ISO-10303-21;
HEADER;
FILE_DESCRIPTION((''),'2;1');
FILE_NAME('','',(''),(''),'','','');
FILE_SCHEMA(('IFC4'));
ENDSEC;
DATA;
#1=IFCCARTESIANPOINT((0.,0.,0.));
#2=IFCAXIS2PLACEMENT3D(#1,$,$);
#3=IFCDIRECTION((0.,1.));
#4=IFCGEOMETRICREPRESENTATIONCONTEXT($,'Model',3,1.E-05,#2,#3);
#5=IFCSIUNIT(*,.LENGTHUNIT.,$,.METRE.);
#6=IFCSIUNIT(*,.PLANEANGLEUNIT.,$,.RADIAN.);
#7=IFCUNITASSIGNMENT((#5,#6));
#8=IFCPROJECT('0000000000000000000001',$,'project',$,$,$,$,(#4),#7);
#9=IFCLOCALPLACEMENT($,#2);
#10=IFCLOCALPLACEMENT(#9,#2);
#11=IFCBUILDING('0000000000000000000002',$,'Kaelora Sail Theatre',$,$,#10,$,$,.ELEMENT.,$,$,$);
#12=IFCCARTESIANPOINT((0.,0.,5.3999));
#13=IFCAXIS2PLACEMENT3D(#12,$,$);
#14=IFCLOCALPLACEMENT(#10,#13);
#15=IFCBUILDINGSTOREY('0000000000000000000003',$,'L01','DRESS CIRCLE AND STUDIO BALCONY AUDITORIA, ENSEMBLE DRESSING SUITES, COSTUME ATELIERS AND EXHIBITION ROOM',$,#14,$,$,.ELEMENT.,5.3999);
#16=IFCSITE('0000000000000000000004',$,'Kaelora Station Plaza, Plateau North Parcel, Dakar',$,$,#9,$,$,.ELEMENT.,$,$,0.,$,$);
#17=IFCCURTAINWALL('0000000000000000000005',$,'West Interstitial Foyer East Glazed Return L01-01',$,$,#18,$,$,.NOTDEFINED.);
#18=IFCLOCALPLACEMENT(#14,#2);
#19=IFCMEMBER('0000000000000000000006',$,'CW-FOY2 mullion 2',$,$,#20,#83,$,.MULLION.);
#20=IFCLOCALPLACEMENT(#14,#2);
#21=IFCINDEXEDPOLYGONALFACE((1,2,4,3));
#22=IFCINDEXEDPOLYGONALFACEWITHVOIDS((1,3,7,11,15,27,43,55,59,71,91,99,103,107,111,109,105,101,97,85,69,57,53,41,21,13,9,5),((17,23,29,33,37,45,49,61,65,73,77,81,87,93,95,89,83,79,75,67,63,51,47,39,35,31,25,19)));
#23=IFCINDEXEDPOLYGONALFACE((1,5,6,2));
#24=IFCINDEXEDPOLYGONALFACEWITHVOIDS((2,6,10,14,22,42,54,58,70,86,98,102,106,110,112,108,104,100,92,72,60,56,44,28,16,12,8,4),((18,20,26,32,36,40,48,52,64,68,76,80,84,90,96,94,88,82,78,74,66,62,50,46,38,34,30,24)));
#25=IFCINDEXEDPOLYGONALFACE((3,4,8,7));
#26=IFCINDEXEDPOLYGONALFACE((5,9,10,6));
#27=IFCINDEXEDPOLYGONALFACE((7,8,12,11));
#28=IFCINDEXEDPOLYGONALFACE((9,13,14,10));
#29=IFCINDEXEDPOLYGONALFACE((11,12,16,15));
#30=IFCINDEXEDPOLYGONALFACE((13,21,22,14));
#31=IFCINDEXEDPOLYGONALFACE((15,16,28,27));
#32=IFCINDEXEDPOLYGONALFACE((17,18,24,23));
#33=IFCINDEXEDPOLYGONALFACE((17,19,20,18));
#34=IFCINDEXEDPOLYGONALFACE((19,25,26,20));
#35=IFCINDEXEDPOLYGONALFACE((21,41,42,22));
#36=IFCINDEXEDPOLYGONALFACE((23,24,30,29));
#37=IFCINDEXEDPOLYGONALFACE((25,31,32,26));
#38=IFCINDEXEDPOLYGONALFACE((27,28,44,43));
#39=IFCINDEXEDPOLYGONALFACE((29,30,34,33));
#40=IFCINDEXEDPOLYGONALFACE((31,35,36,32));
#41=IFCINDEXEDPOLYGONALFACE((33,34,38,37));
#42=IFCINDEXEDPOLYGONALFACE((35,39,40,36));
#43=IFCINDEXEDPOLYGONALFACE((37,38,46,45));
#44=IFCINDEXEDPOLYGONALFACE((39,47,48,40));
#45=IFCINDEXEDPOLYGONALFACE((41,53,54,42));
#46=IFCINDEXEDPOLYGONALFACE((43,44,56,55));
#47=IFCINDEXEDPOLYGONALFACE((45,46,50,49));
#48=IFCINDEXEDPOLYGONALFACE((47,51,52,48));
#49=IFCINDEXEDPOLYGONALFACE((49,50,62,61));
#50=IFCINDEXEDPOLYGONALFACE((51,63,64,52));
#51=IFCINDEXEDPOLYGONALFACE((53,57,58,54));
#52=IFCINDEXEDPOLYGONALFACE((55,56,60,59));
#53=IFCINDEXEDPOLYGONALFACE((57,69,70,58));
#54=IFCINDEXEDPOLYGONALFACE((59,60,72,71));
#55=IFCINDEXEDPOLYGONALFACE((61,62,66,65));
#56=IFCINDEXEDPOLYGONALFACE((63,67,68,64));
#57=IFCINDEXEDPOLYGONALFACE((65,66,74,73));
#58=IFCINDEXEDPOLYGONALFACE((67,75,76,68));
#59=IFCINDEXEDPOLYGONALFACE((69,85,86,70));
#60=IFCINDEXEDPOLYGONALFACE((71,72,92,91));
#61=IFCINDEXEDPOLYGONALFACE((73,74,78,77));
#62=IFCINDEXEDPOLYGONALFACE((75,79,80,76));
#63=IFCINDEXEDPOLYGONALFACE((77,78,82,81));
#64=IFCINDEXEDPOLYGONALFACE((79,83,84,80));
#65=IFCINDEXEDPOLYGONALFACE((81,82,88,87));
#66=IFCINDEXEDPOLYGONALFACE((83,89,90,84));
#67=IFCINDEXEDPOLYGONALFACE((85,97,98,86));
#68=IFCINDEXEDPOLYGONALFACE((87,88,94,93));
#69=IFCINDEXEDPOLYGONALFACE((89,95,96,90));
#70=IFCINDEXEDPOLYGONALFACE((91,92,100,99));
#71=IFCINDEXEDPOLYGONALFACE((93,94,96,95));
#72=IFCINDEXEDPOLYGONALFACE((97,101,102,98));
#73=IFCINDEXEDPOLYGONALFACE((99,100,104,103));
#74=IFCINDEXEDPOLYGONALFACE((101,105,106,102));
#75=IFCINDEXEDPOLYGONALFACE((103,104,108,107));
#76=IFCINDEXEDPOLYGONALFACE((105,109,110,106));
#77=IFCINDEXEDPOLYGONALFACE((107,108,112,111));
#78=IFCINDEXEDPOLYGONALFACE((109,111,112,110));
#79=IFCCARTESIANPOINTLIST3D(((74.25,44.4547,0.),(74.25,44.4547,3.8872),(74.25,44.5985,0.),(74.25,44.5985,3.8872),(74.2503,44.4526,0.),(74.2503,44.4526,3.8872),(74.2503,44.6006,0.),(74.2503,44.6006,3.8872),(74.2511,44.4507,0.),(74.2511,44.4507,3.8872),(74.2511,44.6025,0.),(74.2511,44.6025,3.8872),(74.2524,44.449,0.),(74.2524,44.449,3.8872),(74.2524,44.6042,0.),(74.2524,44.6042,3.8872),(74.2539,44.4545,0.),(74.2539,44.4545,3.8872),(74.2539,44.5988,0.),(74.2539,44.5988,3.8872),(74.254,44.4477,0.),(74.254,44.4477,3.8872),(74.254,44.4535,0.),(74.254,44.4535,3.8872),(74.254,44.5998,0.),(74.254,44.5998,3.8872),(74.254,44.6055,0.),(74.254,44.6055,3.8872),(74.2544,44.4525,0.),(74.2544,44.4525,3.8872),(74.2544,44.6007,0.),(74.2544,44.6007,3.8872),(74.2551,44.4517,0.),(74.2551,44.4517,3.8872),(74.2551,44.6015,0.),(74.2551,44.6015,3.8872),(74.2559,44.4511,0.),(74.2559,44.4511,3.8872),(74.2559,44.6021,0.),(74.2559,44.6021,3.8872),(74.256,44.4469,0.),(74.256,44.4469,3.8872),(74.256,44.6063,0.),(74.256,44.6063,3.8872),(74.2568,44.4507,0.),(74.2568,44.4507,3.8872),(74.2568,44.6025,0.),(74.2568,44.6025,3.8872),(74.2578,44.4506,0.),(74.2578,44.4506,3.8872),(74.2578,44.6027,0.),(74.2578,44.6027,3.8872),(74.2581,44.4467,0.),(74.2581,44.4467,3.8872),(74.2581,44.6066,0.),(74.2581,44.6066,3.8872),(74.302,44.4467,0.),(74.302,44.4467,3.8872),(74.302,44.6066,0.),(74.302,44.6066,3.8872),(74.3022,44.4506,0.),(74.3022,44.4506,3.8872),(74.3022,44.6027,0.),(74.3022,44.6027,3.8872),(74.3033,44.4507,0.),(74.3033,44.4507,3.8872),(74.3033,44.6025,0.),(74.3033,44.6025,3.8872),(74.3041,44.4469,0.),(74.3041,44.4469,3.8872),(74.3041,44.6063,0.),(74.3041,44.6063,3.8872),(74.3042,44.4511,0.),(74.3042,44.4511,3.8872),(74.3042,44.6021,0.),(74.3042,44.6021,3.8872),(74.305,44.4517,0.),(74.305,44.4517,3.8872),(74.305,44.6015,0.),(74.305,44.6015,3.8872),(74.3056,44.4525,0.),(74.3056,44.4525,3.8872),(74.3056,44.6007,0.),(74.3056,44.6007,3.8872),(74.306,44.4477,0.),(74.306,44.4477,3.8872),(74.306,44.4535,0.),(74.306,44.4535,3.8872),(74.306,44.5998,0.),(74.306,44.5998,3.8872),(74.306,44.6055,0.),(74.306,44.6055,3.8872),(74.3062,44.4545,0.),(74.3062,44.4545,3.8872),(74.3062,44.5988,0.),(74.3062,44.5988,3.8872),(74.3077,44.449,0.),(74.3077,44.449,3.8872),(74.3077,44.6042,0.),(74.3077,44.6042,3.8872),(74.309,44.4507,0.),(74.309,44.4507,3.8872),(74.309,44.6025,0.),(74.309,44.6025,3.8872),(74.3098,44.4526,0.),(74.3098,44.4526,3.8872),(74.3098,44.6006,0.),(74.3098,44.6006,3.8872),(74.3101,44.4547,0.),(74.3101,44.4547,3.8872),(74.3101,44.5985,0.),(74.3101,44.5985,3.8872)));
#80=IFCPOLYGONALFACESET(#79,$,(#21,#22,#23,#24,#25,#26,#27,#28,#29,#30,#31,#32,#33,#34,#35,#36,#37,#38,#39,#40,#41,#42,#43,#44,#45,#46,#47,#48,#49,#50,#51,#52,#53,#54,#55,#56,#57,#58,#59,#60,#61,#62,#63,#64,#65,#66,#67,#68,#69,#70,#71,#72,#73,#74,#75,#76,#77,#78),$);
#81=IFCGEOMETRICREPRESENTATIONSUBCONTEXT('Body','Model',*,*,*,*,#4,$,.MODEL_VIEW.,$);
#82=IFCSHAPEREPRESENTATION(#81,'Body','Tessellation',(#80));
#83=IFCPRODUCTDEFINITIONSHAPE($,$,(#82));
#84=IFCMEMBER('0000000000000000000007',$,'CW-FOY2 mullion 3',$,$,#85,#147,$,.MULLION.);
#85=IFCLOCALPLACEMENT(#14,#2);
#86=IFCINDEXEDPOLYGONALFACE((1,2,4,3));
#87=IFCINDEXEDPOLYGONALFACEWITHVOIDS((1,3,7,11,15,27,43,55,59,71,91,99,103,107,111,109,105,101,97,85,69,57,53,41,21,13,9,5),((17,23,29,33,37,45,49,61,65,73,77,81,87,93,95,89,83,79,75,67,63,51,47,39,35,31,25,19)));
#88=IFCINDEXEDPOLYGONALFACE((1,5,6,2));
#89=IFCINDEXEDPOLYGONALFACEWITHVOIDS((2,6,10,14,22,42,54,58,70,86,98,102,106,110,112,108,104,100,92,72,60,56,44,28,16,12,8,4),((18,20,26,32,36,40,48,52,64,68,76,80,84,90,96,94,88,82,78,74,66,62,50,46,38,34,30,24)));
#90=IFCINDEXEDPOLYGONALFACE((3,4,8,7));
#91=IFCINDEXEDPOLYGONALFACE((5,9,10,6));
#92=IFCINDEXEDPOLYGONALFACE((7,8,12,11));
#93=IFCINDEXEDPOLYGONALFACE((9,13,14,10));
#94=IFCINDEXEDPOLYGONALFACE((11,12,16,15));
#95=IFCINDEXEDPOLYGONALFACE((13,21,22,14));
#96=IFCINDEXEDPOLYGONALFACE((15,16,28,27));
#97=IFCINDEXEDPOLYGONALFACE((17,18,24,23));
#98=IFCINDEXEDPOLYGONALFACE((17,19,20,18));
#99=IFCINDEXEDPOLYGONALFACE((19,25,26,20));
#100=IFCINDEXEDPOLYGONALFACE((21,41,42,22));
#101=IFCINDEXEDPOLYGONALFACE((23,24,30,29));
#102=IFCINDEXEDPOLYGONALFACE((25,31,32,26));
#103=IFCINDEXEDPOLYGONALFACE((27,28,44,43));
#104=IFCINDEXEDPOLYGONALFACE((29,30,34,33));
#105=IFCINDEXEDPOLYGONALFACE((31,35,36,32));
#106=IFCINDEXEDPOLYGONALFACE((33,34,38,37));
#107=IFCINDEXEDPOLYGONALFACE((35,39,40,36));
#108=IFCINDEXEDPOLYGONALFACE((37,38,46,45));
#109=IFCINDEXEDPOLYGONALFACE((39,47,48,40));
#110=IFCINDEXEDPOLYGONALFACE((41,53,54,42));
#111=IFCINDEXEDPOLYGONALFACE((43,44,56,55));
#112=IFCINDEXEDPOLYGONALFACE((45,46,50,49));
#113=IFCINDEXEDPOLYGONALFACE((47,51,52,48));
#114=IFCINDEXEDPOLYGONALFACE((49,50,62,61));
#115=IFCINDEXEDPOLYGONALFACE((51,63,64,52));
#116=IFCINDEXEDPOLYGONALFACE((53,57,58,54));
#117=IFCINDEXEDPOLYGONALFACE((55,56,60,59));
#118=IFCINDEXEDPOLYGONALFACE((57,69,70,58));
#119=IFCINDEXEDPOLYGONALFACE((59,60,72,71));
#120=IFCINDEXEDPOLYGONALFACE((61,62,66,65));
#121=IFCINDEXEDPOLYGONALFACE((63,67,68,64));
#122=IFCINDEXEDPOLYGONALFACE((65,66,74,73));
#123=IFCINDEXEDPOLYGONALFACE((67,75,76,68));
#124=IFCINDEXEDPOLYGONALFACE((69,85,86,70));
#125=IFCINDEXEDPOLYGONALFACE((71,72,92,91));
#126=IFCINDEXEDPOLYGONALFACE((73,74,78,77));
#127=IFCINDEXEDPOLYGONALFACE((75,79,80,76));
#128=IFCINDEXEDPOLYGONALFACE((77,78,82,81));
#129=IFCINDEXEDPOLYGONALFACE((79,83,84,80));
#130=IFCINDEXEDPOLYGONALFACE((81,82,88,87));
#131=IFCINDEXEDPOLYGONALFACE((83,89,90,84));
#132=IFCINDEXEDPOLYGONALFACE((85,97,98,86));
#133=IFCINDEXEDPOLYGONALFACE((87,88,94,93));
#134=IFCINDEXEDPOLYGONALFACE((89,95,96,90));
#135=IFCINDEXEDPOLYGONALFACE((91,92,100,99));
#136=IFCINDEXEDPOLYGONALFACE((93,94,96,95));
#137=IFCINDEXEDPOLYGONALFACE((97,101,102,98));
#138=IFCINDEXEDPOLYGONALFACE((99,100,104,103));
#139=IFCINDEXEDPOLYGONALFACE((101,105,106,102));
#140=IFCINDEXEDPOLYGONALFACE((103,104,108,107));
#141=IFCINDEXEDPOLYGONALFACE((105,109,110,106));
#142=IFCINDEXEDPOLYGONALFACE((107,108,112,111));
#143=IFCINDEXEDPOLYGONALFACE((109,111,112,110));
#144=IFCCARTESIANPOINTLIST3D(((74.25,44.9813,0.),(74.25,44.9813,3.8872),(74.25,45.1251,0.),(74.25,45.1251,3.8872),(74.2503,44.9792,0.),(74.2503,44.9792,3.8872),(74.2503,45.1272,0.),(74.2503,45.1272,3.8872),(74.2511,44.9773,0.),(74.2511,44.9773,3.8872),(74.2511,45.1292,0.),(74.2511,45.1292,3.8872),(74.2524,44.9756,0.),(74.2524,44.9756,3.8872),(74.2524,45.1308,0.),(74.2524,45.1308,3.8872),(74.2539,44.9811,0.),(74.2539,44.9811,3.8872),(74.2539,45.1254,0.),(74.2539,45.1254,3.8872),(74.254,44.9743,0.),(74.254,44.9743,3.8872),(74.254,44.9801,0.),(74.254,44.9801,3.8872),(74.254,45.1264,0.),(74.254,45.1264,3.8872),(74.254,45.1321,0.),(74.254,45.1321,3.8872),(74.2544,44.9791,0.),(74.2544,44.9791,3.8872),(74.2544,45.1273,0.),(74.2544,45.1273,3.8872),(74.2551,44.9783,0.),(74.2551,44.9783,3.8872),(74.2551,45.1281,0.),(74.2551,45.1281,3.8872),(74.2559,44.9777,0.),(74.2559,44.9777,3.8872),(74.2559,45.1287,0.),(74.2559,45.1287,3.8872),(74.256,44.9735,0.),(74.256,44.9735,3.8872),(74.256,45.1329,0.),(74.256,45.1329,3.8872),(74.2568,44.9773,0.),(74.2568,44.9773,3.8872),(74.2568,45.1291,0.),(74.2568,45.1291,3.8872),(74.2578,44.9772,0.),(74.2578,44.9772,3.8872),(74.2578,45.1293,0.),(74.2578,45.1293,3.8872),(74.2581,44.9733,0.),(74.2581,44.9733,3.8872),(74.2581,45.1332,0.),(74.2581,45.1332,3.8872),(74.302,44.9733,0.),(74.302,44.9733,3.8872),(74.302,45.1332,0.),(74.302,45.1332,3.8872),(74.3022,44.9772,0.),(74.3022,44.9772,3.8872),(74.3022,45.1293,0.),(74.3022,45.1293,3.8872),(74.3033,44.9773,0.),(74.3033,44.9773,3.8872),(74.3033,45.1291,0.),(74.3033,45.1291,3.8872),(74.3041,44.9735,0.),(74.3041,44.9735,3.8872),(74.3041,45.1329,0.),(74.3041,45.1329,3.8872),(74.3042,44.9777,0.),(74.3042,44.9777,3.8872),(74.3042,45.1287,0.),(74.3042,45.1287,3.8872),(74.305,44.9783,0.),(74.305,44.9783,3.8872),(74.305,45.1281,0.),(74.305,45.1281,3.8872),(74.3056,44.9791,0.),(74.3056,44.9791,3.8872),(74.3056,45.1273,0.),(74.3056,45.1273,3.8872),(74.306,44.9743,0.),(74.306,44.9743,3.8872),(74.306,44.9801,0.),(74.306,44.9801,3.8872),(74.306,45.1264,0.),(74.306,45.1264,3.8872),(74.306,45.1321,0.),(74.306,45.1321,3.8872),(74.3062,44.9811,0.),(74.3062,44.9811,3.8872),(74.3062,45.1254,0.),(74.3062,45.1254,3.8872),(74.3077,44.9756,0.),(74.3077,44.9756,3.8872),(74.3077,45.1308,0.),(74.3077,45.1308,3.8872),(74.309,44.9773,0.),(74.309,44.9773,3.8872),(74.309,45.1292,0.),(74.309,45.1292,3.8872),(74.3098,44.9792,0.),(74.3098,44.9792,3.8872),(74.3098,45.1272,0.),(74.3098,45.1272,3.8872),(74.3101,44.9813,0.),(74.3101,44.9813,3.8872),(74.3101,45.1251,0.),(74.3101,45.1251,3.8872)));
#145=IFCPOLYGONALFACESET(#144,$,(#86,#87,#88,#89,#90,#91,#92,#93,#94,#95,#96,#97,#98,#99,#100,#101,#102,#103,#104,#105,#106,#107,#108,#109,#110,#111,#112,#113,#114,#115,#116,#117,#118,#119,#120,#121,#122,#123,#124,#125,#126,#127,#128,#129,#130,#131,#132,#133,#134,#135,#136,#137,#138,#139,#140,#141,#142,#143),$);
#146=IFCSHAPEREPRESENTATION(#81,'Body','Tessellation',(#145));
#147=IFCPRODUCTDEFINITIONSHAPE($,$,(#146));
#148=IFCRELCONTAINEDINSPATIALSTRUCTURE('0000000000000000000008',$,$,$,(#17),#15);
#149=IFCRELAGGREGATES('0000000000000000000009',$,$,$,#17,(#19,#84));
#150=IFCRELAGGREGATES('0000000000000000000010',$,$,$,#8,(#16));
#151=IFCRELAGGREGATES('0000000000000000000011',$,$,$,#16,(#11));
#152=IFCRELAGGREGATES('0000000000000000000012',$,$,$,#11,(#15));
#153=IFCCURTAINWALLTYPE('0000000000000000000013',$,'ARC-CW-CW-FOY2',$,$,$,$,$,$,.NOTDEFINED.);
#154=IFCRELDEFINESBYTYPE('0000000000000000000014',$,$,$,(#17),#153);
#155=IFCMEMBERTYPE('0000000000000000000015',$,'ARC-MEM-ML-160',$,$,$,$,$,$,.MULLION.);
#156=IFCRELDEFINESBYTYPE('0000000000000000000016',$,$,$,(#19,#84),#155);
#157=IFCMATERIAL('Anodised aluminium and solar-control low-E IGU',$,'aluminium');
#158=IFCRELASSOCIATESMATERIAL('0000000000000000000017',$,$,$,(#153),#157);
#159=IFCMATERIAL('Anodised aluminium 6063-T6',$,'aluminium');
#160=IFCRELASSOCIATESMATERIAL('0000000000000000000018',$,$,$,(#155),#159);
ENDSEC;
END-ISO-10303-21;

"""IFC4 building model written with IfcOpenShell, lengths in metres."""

from ifc_helpers import new_model, si_unit, direction, frame, origin, origin_2d, place, context, subcontext, project, spatial, hollow_rectangle, extrude, material, material_profile, profile_set, type_object, element, aggregate, save


model = new_model("IFC4")

# Units and contexts
model_context = context("Model", 3, precision=1e-05, world=origin(), true_north=direction((0.0, 1.0)))
body_context = subcontext(model_context, "Body", "Model", "MODEL_VIEW")
ifc_project = project(units=[si_unit("LENGTHUNIT", "METRE"), si_unit("PLANEANGLEUNIT", "RADIAN")], contexts=[model_context])

# Site, building, storey
site_placement = place(None, origin())
site = spatial("IfcSite", under=ifc_project, at=site_placement, Name="Kaelora Station Plaza, Plateau North Parcel, Dakar", CompositionType="ELEMENT", RefElevation=0.0)
building_placement = place(site_placement, origin())
building = spatial("IfcBuilding", under=site, at=building_placement, Name="Kaelora Sail Theatre", CompositionType="ELEMENT")
storey_placement = place(building_placement, frame((0.0, 0.0, 5.3999)))
storey = spatial("IfcBuildingStorey", under=building, at=storey_placement, Name="L01", Description="DRESS CIRCLE AND STUDIO BALCONY AUDITORIA, ENSEMBLE DRESSING SUITES, COSTUME ATELIERS AND EXHIBITION ROOM", CompositionType="ELEMENT", Elevation=5.3999)

# Curtain wall, members
ifc_material_1 = material(Name="Anodised aluminium and solar-control low-E IGU", Category="aluminium")
curtain_wall_type = type_object("IfcCurtainWallType", Name="ARC-CW-CW-FOY2", PredefinedType="NOTDEFINED", material=ifc_material_1)
curtain_wall_placement = place(storey_placement, origin())
curtain_wall = element("IfcCurtainWall", 1, at=curtain_wall_placement, inside=storey, type_object=curtain_wall_type, Name="West Interstitial Foyer East Glazed Return L01-01", PredefinedType="NOTDEFINED")
ifc_material_2 = material(Name="Anodised aluminium 6063-T6", Category="aluminium")
ifc_material_profile_1 = material_profile(ifc_material_2, hollow_rectangle(XDim=0.0601, YDim=0.1599, WallThickness=0.0039, InnerFilletRadius=0.0039, OuterFilletRadius=0.0081, at=origin_2d()), Name="ALU-MULL 60x160x4")
ifc_profile_set_1 = profile_set([ifc_material_profile_1], Name="Anodised aluminium 6063-T6")
member_type_1 = type_object("IfcMemberType", Name="ARC-MEM-ML-160", PredefinedType="MULLION", material=ifc_profile_set_1)
member_1_placement = place(storey_placement, frame((74.28, 44.5266, 0.0), z_axis=(0.0, 0.0, 1.0), x_axis=(-1.0, 0.0, 0.0)))
member_1 = element("IfcMember", 2, at=member_1_placement, type_object=member_type_1, Name="CW-FOY2 mullion 2", PredefinedType="MULLION", context=body_context, shape_type="SweptSolid", body=[
    extrude(hollow_rectangle(XDim=0.0601, YDim=0.1599, WallThickness=0.0039, InnerFilletRadius=0.0039, OuterFilletRadius=0.0081, at=origin_2d()), origin(), (0.0, 0.0, 1.0), 3.8872),
])
member_2_placement = place(storey_placement, frame((74.28, 45.0532, 0.0), z_axis=(0.0, 0.0, 1.0), x_axis=(-1.0, 0.0, 0.0)))
member_2 = element("IfcMember", 3, at=member_2_placement, type_object=member_type_1, Name="CW-FOY2 mullion 3", PredefinedType="MULLION", context=body_context, shape_type="SweptSolid", body=[
    extrude(hollow_rectangle(XDim=0.0601, YDim=0.1599, WallThickness=0.0039, InnerFilletRadius=0.0039, OuterFilletRadius=0.0081, at=origin_2d()), origin(), (0.0, 0.0, 1.0), 3.8872),
])

aggregate(curtain_wall, [member_1, member_2])

save(model, "model.ifc")
